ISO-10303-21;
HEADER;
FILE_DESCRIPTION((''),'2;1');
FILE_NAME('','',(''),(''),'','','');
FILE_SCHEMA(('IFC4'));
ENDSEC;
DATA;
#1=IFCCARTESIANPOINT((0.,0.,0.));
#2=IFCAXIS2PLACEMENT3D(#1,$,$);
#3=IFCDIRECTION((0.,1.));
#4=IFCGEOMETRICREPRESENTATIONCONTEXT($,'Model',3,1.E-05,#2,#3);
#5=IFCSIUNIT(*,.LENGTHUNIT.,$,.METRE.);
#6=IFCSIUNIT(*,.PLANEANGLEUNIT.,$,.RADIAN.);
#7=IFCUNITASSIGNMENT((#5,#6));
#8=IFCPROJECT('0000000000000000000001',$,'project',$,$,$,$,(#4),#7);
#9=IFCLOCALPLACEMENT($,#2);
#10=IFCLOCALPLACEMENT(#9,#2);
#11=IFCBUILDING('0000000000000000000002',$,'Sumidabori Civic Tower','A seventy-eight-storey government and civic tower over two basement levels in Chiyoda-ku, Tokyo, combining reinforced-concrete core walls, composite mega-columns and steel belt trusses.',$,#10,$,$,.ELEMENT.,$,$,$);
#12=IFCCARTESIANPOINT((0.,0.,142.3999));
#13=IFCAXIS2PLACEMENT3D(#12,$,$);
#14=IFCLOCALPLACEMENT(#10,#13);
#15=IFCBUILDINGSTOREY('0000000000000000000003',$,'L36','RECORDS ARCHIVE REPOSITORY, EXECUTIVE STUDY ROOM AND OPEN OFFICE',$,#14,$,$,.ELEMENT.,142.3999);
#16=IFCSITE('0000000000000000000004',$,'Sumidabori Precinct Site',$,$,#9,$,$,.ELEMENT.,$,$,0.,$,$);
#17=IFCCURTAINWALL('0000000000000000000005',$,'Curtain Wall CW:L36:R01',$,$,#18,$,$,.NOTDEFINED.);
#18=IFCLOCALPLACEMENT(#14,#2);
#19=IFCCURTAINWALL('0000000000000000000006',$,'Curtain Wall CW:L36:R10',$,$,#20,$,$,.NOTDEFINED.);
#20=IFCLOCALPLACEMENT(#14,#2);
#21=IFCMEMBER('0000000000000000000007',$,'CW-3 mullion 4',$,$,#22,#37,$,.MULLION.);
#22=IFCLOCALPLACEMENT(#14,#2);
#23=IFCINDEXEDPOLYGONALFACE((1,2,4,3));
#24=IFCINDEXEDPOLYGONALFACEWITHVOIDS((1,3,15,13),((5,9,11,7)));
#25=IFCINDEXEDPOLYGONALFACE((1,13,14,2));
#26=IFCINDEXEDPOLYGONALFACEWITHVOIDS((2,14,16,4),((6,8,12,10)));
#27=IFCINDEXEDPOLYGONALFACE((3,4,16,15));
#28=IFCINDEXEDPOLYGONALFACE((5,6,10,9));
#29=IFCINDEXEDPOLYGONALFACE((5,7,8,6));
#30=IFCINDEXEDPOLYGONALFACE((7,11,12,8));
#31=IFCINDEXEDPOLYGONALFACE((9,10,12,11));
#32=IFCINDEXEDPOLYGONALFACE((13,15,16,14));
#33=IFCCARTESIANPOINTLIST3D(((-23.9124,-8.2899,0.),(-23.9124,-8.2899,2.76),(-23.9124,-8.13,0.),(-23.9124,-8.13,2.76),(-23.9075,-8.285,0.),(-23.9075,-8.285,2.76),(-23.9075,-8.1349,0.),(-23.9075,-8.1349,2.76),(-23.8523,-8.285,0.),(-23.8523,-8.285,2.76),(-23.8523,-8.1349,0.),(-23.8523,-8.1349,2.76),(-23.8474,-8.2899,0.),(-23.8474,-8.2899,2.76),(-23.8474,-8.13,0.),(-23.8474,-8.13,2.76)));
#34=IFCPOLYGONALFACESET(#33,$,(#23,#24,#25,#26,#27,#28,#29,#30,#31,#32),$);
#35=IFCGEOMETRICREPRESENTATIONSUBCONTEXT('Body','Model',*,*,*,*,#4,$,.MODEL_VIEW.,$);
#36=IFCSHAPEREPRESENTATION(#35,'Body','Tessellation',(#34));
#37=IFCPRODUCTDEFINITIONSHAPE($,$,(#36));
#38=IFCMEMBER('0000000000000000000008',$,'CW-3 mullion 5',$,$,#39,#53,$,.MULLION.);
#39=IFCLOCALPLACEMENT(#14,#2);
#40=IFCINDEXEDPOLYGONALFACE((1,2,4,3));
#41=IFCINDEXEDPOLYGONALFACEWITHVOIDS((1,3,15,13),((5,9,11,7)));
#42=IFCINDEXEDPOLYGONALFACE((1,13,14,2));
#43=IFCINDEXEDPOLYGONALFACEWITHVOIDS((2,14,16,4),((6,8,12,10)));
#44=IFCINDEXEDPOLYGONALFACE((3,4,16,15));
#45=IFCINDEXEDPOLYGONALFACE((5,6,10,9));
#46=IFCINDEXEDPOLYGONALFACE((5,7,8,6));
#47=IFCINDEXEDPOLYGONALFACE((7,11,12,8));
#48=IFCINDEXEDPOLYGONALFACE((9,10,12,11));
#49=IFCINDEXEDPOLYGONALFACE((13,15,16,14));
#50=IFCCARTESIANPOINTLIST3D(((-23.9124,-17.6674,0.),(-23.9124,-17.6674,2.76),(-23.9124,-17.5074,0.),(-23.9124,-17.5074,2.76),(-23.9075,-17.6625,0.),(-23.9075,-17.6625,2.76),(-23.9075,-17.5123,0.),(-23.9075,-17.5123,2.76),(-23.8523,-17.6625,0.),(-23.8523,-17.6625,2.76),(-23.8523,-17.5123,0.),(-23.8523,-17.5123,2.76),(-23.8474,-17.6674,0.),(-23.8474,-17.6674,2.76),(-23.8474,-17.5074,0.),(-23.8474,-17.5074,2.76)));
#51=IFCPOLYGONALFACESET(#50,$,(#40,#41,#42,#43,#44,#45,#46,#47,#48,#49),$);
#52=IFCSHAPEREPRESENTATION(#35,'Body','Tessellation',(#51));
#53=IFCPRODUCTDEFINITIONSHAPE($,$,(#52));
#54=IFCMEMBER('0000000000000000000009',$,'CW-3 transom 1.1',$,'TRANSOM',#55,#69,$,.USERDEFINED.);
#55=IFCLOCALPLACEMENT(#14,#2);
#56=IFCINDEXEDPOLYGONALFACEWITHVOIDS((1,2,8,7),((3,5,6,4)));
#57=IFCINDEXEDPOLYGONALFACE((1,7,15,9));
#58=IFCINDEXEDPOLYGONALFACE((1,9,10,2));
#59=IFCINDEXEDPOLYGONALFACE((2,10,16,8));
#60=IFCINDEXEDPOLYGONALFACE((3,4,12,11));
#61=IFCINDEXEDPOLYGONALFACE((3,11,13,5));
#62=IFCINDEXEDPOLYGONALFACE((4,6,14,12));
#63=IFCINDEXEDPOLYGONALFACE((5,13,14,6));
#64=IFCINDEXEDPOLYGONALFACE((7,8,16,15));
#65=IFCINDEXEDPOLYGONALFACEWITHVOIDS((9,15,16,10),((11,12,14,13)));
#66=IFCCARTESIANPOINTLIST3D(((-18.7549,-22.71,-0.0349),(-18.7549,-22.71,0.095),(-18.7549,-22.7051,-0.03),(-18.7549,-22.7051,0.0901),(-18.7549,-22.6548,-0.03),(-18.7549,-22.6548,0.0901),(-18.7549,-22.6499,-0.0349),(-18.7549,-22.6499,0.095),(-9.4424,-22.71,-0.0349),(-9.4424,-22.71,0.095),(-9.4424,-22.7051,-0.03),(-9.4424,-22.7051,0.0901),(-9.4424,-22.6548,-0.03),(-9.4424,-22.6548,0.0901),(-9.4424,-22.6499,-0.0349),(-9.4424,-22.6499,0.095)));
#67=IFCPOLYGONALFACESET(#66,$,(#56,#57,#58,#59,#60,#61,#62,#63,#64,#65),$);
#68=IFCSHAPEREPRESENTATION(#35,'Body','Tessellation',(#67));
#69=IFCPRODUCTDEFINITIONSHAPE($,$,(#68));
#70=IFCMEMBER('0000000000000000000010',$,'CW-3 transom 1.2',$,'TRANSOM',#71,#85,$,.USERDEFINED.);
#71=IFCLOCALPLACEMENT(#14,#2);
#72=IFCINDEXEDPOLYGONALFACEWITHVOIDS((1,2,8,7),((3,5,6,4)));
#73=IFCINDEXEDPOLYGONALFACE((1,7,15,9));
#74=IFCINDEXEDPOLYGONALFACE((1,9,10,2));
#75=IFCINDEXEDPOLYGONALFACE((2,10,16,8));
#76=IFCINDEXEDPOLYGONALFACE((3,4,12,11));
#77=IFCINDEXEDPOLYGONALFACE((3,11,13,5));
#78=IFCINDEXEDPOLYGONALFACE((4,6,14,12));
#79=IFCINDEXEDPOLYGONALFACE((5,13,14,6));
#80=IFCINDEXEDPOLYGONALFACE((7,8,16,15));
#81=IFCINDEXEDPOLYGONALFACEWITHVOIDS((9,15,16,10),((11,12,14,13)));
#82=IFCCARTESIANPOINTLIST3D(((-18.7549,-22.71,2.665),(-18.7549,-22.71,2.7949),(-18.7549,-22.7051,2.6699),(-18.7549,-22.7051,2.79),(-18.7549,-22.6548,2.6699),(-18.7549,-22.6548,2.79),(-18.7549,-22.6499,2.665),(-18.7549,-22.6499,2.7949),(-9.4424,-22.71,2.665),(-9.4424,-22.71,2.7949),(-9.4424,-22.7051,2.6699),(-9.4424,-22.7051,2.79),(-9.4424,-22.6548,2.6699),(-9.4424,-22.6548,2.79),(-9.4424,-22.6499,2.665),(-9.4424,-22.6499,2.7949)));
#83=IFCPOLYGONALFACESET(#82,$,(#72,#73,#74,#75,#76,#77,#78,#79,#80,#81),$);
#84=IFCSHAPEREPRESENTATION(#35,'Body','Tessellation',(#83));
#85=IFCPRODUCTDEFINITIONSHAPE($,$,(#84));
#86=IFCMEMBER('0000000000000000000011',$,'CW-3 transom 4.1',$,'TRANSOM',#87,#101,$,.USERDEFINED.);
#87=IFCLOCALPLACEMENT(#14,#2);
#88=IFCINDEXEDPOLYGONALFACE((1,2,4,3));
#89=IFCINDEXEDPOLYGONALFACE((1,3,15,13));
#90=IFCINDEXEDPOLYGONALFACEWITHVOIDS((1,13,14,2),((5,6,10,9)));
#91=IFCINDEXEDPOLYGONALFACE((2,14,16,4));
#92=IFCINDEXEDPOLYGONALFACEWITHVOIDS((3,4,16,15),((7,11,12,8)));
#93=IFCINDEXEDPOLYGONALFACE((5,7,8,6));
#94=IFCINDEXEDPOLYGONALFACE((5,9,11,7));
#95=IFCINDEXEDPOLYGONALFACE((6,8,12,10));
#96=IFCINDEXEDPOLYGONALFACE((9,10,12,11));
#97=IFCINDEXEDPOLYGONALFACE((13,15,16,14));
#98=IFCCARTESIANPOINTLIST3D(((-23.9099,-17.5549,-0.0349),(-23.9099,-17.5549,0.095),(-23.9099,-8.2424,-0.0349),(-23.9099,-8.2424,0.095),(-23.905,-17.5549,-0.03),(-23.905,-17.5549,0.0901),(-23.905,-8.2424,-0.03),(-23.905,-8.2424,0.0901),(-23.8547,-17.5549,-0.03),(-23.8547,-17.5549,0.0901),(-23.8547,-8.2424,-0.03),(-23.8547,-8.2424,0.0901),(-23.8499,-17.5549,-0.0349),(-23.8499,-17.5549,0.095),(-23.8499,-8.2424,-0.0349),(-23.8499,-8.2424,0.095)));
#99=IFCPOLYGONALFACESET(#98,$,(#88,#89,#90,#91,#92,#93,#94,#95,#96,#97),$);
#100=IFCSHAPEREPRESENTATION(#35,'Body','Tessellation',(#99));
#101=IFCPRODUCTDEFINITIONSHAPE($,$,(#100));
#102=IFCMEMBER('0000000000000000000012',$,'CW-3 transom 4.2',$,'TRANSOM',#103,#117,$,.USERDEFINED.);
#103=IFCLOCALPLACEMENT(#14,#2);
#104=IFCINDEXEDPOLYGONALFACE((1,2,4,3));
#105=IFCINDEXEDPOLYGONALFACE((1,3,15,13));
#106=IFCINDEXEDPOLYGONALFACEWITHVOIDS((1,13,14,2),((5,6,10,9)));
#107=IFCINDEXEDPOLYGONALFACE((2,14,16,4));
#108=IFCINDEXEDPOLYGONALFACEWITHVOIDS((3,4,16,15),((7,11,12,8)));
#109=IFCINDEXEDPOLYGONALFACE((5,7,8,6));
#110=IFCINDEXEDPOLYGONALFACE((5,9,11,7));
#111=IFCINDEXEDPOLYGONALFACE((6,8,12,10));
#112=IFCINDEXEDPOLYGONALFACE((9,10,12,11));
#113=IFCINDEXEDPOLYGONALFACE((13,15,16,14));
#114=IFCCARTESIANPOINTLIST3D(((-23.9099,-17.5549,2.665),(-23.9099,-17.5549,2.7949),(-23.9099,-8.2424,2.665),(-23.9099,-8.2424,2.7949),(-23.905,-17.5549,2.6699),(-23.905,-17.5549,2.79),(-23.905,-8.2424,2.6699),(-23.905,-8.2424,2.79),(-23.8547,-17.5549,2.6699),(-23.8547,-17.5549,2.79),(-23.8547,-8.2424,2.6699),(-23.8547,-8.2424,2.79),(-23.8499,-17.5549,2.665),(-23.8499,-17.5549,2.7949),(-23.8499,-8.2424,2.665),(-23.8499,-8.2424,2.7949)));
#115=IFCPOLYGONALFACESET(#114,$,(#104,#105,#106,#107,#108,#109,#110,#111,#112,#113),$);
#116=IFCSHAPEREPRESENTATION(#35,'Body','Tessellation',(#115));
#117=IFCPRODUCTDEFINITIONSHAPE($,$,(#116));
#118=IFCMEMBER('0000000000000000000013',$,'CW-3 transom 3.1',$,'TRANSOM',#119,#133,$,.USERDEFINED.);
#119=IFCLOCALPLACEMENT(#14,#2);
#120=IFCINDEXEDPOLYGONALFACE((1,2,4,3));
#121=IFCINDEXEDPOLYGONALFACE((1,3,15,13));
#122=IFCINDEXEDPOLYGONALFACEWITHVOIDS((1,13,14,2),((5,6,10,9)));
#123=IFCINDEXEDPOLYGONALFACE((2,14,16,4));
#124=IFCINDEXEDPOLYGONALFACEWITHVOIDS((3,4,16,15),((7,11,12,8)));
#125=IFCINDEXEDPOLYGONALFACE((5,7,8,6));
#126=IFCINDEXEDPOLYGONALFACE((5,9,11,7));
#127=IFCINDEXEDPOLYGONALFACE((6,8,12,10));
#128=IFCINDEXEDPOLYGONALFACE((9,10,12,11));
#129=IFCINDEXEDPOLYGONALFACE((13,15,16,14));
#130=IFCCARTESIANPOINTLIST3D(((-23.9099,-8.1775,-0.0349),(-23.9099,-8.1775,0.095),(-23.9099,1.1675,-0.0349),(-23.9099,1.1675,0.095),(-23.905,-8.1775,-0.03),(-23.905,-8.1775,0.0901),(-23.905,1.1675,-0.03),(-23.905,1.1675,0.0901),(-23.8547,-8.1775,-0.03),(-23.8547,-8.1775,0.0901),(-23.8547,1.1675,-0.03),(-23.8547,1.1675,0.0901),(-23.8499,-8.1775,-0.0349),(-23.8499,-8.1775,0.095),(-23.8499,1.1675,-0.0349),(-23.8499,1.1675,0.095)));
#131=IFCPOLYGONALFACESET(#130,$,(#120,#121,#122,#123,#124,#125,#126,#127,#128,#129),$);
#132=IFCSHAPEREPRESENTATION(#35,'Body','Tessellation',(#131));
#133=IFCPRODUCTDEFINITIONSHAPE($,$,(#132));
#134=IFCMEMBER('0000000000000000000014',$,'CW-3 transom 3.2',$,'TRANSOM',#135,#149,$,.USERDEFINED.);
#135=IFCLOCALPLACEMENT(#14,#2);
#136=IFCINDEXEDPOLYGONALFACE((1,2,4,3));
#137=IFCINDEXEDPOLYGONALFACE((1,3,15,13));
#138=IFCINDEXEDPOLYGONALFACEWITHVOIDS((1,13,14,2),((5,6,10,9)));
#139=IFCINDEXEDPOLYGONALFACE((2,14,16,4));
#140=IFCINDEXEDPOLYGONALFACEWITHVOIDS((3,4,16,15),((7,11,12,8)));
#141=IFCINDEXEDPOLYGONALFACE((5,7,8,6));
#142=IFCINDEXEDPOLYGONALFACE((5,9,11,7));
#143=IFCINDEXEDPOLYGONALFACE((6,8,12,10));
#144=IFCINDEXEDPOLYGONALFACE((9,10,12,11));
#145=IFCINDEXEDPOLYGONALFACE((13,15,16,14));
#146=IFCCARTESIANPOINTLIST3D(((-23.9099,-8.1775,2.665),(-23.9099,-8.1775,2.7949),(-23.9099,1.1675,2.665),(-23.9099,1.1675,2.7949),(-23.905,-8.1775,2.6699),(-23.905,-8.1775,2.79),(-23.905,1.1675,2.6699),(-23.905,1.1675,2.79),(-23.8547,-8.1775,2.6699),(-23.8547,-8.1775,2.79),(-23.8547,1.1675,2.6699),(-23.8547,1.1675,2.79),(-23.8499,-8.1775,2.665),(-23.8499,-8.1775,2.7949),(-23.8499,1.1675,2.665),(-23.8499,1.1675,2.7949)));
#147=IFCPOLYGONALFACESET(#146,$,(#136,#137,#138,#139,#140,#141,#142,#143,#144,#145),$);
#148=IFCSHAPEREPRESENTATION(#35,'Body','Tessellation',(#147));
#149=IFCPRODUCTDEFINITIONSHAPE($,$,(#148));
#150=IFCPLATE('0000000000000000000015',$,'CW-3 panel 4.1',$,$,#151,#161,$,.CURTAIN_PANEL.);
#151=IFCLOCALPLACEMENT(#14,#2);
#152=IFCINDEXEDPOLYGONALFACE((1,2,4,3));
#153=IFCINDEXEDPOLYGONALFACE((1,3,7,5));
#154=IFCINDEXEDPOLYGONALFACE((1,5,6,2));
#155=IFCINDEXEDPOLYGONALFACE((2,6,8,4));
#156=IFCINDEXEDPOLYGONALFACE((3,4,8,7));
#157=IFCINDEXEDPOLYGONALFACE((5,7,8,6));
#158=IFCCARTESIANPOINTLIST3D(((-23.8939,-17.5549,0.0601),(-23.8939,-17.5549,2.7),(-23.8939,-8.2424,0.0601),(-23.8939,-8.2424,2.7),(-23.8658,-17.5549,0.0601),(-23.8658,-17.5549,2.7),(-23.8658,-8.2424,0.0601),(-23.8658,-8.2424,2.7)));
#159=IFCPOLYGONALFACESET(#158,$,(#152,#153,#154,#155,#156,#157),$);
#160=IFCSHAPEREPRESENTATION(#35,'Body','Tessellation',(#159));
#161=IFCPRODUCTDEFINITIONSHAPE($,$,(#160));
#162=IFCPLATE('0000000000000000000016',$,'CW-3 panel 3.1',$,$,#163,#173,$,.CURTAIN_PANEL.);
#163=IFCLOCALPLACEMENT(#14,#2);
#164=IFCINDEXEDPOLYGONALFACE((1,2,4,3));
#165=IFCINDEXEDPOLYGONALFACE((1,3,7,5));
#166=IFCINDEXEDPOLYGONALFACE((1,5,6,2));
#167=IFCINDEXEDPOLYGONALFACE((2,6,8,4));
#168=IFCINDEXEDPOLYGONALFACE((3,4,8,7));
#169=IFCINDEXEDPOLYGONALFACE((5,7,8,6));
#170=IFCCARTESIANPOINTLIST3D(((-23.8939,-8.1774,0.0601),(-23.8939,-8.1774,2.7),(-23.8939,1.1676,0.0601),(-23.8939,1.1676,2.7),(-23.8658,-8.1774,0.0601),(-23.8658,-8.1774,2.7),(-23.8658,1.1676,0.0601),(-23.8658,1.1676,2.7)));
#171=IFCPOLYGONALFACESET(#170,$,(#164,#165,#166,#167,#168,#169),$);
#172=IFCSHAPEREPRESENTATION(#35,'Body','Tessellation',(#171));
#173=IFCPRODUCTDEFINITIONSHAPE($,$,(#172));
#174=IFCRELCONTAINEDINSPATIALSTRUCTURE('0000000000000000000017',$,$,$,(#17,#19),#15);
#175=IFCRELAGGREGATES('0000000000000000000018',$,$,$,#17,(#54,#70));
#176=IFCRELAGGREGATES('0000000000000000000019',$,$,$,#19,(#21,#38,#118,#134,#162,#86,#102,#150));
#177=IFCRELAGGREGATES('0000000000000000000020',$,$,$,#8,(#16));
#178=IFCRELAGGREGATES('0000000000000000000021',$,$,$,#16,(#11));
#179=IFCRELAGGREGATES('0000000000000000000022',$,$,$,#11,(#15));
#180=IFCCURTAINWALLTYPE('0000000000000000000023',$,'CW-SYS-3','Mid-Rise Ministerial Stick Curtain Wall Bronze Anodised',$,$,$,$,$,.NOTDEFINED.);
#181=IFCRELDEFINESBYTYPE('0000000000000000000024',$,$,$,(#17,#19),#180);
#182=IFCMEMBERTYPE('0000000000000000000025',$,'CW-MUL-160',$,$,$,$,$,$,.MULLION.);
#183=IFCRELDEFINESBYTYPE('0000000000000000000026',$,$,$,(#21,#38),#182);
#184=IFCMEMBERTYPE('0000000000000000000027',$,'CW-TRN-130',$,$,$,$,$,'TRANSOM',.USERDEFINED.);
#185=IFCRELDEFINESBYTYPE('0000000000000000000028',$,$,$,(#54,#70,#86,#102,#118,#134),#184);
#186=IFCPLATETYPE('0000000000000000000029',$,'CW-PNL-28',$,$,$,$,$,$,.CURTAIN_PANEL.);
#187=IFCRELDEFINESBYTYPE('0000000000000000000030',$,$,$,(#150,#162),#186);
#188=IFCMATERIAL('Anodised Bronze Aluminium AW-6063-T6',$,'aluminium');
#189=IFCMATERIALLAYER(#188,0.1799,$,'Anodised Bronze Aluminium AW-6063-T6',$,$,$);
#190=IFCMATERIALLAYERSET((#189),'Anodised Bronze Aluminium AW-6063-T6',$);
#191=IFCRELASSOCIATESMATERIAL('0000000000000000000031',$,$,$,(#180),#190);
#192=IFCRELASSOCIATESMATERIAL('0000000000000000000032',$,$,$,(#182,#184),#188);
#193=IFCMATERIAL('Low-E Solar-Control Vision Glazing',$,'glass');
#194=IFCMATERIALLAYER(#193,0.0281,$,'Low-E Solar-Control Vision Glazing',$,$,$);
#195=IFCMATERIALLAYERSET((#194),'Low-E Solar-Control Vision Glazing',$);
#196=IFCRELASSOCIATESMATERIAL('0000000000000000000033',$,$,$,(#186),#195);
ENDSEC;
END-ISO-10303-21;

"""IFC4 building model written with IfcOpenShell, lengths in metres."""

from ifc_helpers import new_model, si_unit, direction, frame, origin, origin_2d, place, context, subcontext, project, spatial, rectangle, hollow_rectangle, extrude, source, transform, mapped, material, layer, layer_set, material_profile, profile_set, type_object, element, aggregate, save


model = new_model("IFC4")

# Units and contexts
model_context = context("Model", 3, precision=1e-05, world=origin(), true_north=direction((0.0, 1.0)))
body_context = subcontext(model_context, "Body", "Model", "MODEL_VIEW")
ifc_project = project(units=[si_unit("LENGTHUNIT", "METRE"), si_unit("PLANEANGLEUNIT", "RADIAN")], contexts=[model_context])

# Site, building, storey
site_placement = place(None, origin())
site = spatial("IfcSite", under=ifc_project, at=site_placement, Name="Sumidabori Precinct Site", CompositionType="ELEMENT", RefElevation=0.0)
building_placement = place(site_placement, origin())
building = spatial("IfcBuilding", under=site, at=building_placement, Name="Sumidabori Civic Tower", Description="A seventy-eight-storey government and civic tower over two basement levels in Chiyoda-ku, Tokyo, combining reinforced-concrete core walls, composite mega-columns and steel belt trusses.", CompositionType="ELEMENT")
storey_placement = place(building_placement, frame((0.0, 0.0, 142.3999)))
storey = spatial("IfcBuildingStorey", under=building, at=storey_placement, Name="L36", Description="RECORDS ARCHIVE REPOSITORY, EXECUTIVE STUDY ROOM AND OPEN OFFICE", CompositionType="ELEMENT", Elevation=142.3999)

# Curtain wall
ifc_material_1 = material(Name="Anodised Bronze Aluminium AW-6063-T6", Category="aluminium")
ifc_layer_1 = layer(ifc_material_1, 0.1799, Name="Anodised Bronze Aluminium AW-6063-T6")
ifc_layer_set_1 = layer_set([ifc_layer_1], Name="Anodised Bronze Aluminium AW-6063-T6")
curtain_wall_type = type_object("IfcCurtainWallType", Name="CW-SYS-3", Description="Mid-Rise Ministerial Stick Curtain Wall Bronze Anodised", PredefinedType="NOTDEFINED", material=ifc_layer_set_1)
curtain_wall_1_placement = place(storey_placement, origin())
curtain_wall_1 = element("IfcCurtainWall", 1, at=curtain_wall_1_placement, inside=storey, type_object=curtain_wall_type, Name="Curtain Wall CW:L36:R01", PredefinedType="NOTDEFINED")
ifc_material_profile_1 = material_profile(ifc_material_1, hollow_rectangle(XDim=0.0649, YDim=0.1599, WallThickness=0.0049, at=origin_2d()), Name="ALU MULLION 160x65")
ifc_profile_set_1 = profile_set([ifc_material_profile_1], Name="Anodised Bronze Aluminium AW-6063-T6")
member_type_1 = type_object("IfcMemberType", Name="CW-MUL-160", PredefinedType="MULLION", material=ifc_profile_set_1)
shared_shape_1 = source(origin(), body_context, "Body", "SweptSolid", [
    extrude(hollow_rectangle(XDim=0.0649, YDim=0.1599, WallThickness=0.0049, at=origin_2d()), origin(), (0.0, 0.0, 1.0), 2.76),
])

# Curtain wall, members
curtain_wall_2_placement = place(storey_placement, origin())
curtain_wall_2 = element("IfcCurtainWall", 2, at=curtain_wall_2_placement, inside=storey, type_object=curtain_wall_type, Name="Curtain Wall CW:L36:R10", PredefinedType="NOTDEFINED")
member_1_placement = place(storey_placement, frame((-23.8799, -8.21, 0.0), z_axis=(0.0, 0.0, 1.0), x_axis=(1.0, 0.0, 0.0)))
member_1 = element("IfcMember", 3, at=member_1_placement, type_object=member_type_1, Name="CW-3 mullion 4", PredefinedType="MULLION", context=body_context, shape_type="MappedRepresentation", body=[
    mapped(shared_shape_1, transform((0.0, 0.0, 0.0), x_axis=(1.0, 0.0, 0.0), y_axis=(0.0, 1.0, 0.0), z_axis=(0.0, 0.0, 1.0), scale=1.0)),
])
member_2_placement = place(storey_placement, frame((-23.8799, -17.5874, 0.0), z_axis=(0.0, 0.0, 1.0), x_axis=(1.0, 0.0, 0.0)))
member_2 = element("IfcMember", 4, at=member_2_placement, type_object=member_type_1, Name="CW-3 mullion 5", PredefinedType="MULLION", context=body_context, shape_type="MappedRepresentation", body=[
    mapped(shared_shape_1, transform((0.0, 0.0, 0.0), x_axis=(1.0, 0.0, 0.0), y_axis=(0.0, 1.0, 0.0), z_axis=(0.0, 0.0, 1.0), scale=1.0)),
])

# Members
ifc_material_profile_2 = material_profile(ifc_material_1, hollow_rectangle(XDim=0.0601, YDim=0.1299, WallThickness=0.0049, at=origin_2d()), Name="ALU TRANSOM 130x60")
ifc_profile_set_2 = profile_set([ifc_material_profile_2], Name="Anodised Bronze Aluminium AW-6063-T6")
member_type_2 = type_object("IfcMemberType", Name="CW-TRN-130", ElementType="TRANSOM", PredefinedType="USERDEFINED", material=ifc_profile_set_2)
shared_shape_2 = source(origin(), body_context, "Body", "SweptSolid", [
    extrude(hollow_rectangle(XDim=0.0601, YDim=0.1299, WallThickness=0.0049, at=origin_2d()), origin(), (0.0, 0.0, 1.0), 9.3125),
])
member_3_placement = place(storey_placement, frame((-18.7549, -22.6799, 0.03), z_axis=(1.0, 0.0, 0.0), x_axis=(0.0, 1.0, 0.0)))
member_3 = element("IfcMember", 5, at=member_3_placement, type_object=member_type_2, Name="CW-3 transom 1.1", ObjectType="TRANSOM", PredefinedType="USERDEFINED", context=body_context, shape_type="MappedRepresentation", body=[
    mapped(shared_shape_2, transform((0.0, 0.0, 0.0), x_axis=(1.0, 0.0, 0.0), y_axis=(0.0, 1.0, 0.0), z_axis=(0.0, 0.0, 1.0), scale=1.0)),
])
member_4_placement = place(storey_placement, frame((-18.7549, -22.6799, 2.73), z_axis=(1.0, 0.0, 0.0), x_axis=(0.0, 1.0, 0.0)))
member_4 = element("IfcMember", 6, at=member_4_placement, type_object=member_type_2, Name="CW-3 transom 1.2", ObjectType="TRANSOM", PredefinedType="USERDEFINED", context=body_context, shape_type="MappedRepresentation", body=[
    mapped(shared_shape_2, transform((0.0, 0.0, 0.0), x_axis=(1.0, 0.0, 0.0), y_axis=(0.0, 1.0, 0.0), z_axis=(0.0, 0.0, 1.0), scale=1.0)),
])
aggregate(curtain_wall_1, [member_3, member_4])
member_5_placement = place(storey_placement, frame((-23.8799, -8.2424, 0.03), z_axis=(0.0, -1.0, 0.0), x_axis=(1.0, 0.0, 0.0)))
member_5 = element("IfcMember", 7, at=member_5_placement, type_object=member_type_2, Name="CW-3 transom 4.1", ObjectType="TRANSOM", PredefinedType="USERDEFINED", context=body_context, shape_type="MappedRepresentation", body=[
    mapped(shared_shape_2, transform((0.0, 0.0, 0.0), x_axis=(1.0, 0.0, 0.0), y_axis=(0.0, 1.0, 0.0), z_axis=(0.0, 0.0, 1.0), scale=1.0)),
])
member_6_placement = place(storey_placement, frame((-23.8799, -8.2424, 2.73), z_axis=(0.0, -1.0, 0.0), x_axis=(1.0, 0.0, 0.0)))
member_6 = element("IfcMember", 8, at=member_6_placement, type_object=member_type_2, Name="CW-3 transom 4.2", ObjectType="TRANSOM", PredefinedType="USERDEFINED", context=body_context, shape_type="MappedRepresentation", body=[
    mapped(shared_shape_2, transform((0.0, 0.0, 0.0), x_axis=(1.0, 0.0, 0.0), y_axis=(0.0, 1.0, 0.0), z_axis=(0.0, 0.0, 1.0), scale=1.0)),
])
shared_shape_3 = source(origin(), body_context, "Body", "SweptSolid", [
    extrude(hollow_rectangle(XDim=0.0601, YDim=0.1299, WallThickness=0.0049, at=origin_2d()), origin(), (0.0, 0.0, 1.0), 9.345),
])
member_7_placement = place(storey_placement, frame((-23.8799, 1.1675, 0.03), z_axis=(0.0, -1.0, 0.0), x_axis=(1.0, 0.0, 0.0)))
member_7 = element("IfcMember", 9, at=member_7_placement, type_object=member_type_2, Name="CW-3 transom 3.1", ObjectType="TRANSOM", PredefinedType="USERDEFINED", context=body_context, shape_type="MappedRepresentation", body=[
    mapped(shared_shape_3, transform((0.0, 0.0, 0.0), x_axis=(1.0, 0.0, 0.0), y_axis=(0.0, 1.0, 0.0), z_axis=(0.0, 0.0, 1.0), scale=1.0)),
])
member_8_placement = place(storey_placement, frame((-23.8799, 1.1675, 2.73), z_axis=(0.0, -1.0, 0.0), x_axis=(1.0, 0.0, 0.0)))
member_8 = element("IfcMember", 10, at=member_8_placement, type_object=member_type_2, Name="CW-3 transom 3.2", ObjectType="TRANSOM", PredefinedType="USERDEFINED", context=body_context, shape_type="MappedRepresentation", body=[
    mapped(shared_shape_3, transform((0.0, 0.0, 0.0), x_axis=(1.0, 0.0, 0.0), y_axis=(0.0, 1.0, 0.0), z_axis=(0.0, 0.0, 1.0), scale=1.0)),
])

# Plates
ifc_material_2 = material(Name="Low-E Solar-Control Vision Glazing", Category="glass")
ifc_layer_2 = layer(ifc_material_2, 0.0281, Name="Low-E Solar-Control Vision Glazing")
ifc_layer_set_2 = layer_set([ifc_layer_2], Name="Low-E Solar-Control Vision Glazing")
plate_type = type_object("IfcPlateType", Name="CW-PNL-28", PredefinedType="CURTAIN_PANEL", material=ifc_layer_set_2)
shared_shape_4 = source(origin(), body_context, "Body", "SweptSolid", [
    extrude(rectangle(XDim=9.3125, YDim=0.0281, at=origin_2d()), origin(), (0.0, 0.0, 1.0), 2.6399),
])
plate_1_placement = place(storey_placement, frame((-23.8799, -12.8987, 0.0601), z_axis=(0.0, 0.0, 1.0), x_axis=(0.0, -1.0, 0.0)))
plate_1 = element("IfcPlate", 11, at=plate_1_placement, type_object=plate_type, Name="CW-3 panel 4.1", PredefinedType="CURTAIN_PANEL", context=body_context, shape_type="MappedRepresentation", body=[
    mapped(shared_shape_4, transform((0.0, 0.0, 0.0), x_axis=(1.0, 0.0, 0.0), y_axis=(0.0, 1.0, 0.0), z_axis=(0.0, 0.0, 1.0), scale=1.0)),
])
shared_shape_5 = source(origin(), body_context, "Body", "SweptSolid", [
    extrude(rectangle(XDim=9.345, YDim=0.0281, at=origin_2d()), origin(), (0.0, 0.0, 1.0), 2.6399),
])
plate_2_placement = place(storey_placement, frame((-23.8799, -3.5049, 0.0601), z_axis=(0.0, 0.0, 1.0), x_axis=(0.0, -1.0, 0.0)))
plate_2 = element("IfcPlate", 12, at=plate_2_placement, type_object=plate_type, Name="CW-3 panel 3.1", PredefinedType="CURTAIN_PANEL", context=body_context, shape_type="MappedRepresentation", body=[
    mapped(shared_shape_5, transform((0.0, 0.0, 0.0), x_axis=(1.0, 0.0, 0.0), y_axis=(0.0, 1.0, 0.0), z_axis=(0.0, 0.0, 1.0), scale=1.0)),
])
aggregate(curtain_wall_2, [member_1, member_2, member_7, member_8, plate_2, member_5, member_6, plate_1])

save(model, "model.ifc")
